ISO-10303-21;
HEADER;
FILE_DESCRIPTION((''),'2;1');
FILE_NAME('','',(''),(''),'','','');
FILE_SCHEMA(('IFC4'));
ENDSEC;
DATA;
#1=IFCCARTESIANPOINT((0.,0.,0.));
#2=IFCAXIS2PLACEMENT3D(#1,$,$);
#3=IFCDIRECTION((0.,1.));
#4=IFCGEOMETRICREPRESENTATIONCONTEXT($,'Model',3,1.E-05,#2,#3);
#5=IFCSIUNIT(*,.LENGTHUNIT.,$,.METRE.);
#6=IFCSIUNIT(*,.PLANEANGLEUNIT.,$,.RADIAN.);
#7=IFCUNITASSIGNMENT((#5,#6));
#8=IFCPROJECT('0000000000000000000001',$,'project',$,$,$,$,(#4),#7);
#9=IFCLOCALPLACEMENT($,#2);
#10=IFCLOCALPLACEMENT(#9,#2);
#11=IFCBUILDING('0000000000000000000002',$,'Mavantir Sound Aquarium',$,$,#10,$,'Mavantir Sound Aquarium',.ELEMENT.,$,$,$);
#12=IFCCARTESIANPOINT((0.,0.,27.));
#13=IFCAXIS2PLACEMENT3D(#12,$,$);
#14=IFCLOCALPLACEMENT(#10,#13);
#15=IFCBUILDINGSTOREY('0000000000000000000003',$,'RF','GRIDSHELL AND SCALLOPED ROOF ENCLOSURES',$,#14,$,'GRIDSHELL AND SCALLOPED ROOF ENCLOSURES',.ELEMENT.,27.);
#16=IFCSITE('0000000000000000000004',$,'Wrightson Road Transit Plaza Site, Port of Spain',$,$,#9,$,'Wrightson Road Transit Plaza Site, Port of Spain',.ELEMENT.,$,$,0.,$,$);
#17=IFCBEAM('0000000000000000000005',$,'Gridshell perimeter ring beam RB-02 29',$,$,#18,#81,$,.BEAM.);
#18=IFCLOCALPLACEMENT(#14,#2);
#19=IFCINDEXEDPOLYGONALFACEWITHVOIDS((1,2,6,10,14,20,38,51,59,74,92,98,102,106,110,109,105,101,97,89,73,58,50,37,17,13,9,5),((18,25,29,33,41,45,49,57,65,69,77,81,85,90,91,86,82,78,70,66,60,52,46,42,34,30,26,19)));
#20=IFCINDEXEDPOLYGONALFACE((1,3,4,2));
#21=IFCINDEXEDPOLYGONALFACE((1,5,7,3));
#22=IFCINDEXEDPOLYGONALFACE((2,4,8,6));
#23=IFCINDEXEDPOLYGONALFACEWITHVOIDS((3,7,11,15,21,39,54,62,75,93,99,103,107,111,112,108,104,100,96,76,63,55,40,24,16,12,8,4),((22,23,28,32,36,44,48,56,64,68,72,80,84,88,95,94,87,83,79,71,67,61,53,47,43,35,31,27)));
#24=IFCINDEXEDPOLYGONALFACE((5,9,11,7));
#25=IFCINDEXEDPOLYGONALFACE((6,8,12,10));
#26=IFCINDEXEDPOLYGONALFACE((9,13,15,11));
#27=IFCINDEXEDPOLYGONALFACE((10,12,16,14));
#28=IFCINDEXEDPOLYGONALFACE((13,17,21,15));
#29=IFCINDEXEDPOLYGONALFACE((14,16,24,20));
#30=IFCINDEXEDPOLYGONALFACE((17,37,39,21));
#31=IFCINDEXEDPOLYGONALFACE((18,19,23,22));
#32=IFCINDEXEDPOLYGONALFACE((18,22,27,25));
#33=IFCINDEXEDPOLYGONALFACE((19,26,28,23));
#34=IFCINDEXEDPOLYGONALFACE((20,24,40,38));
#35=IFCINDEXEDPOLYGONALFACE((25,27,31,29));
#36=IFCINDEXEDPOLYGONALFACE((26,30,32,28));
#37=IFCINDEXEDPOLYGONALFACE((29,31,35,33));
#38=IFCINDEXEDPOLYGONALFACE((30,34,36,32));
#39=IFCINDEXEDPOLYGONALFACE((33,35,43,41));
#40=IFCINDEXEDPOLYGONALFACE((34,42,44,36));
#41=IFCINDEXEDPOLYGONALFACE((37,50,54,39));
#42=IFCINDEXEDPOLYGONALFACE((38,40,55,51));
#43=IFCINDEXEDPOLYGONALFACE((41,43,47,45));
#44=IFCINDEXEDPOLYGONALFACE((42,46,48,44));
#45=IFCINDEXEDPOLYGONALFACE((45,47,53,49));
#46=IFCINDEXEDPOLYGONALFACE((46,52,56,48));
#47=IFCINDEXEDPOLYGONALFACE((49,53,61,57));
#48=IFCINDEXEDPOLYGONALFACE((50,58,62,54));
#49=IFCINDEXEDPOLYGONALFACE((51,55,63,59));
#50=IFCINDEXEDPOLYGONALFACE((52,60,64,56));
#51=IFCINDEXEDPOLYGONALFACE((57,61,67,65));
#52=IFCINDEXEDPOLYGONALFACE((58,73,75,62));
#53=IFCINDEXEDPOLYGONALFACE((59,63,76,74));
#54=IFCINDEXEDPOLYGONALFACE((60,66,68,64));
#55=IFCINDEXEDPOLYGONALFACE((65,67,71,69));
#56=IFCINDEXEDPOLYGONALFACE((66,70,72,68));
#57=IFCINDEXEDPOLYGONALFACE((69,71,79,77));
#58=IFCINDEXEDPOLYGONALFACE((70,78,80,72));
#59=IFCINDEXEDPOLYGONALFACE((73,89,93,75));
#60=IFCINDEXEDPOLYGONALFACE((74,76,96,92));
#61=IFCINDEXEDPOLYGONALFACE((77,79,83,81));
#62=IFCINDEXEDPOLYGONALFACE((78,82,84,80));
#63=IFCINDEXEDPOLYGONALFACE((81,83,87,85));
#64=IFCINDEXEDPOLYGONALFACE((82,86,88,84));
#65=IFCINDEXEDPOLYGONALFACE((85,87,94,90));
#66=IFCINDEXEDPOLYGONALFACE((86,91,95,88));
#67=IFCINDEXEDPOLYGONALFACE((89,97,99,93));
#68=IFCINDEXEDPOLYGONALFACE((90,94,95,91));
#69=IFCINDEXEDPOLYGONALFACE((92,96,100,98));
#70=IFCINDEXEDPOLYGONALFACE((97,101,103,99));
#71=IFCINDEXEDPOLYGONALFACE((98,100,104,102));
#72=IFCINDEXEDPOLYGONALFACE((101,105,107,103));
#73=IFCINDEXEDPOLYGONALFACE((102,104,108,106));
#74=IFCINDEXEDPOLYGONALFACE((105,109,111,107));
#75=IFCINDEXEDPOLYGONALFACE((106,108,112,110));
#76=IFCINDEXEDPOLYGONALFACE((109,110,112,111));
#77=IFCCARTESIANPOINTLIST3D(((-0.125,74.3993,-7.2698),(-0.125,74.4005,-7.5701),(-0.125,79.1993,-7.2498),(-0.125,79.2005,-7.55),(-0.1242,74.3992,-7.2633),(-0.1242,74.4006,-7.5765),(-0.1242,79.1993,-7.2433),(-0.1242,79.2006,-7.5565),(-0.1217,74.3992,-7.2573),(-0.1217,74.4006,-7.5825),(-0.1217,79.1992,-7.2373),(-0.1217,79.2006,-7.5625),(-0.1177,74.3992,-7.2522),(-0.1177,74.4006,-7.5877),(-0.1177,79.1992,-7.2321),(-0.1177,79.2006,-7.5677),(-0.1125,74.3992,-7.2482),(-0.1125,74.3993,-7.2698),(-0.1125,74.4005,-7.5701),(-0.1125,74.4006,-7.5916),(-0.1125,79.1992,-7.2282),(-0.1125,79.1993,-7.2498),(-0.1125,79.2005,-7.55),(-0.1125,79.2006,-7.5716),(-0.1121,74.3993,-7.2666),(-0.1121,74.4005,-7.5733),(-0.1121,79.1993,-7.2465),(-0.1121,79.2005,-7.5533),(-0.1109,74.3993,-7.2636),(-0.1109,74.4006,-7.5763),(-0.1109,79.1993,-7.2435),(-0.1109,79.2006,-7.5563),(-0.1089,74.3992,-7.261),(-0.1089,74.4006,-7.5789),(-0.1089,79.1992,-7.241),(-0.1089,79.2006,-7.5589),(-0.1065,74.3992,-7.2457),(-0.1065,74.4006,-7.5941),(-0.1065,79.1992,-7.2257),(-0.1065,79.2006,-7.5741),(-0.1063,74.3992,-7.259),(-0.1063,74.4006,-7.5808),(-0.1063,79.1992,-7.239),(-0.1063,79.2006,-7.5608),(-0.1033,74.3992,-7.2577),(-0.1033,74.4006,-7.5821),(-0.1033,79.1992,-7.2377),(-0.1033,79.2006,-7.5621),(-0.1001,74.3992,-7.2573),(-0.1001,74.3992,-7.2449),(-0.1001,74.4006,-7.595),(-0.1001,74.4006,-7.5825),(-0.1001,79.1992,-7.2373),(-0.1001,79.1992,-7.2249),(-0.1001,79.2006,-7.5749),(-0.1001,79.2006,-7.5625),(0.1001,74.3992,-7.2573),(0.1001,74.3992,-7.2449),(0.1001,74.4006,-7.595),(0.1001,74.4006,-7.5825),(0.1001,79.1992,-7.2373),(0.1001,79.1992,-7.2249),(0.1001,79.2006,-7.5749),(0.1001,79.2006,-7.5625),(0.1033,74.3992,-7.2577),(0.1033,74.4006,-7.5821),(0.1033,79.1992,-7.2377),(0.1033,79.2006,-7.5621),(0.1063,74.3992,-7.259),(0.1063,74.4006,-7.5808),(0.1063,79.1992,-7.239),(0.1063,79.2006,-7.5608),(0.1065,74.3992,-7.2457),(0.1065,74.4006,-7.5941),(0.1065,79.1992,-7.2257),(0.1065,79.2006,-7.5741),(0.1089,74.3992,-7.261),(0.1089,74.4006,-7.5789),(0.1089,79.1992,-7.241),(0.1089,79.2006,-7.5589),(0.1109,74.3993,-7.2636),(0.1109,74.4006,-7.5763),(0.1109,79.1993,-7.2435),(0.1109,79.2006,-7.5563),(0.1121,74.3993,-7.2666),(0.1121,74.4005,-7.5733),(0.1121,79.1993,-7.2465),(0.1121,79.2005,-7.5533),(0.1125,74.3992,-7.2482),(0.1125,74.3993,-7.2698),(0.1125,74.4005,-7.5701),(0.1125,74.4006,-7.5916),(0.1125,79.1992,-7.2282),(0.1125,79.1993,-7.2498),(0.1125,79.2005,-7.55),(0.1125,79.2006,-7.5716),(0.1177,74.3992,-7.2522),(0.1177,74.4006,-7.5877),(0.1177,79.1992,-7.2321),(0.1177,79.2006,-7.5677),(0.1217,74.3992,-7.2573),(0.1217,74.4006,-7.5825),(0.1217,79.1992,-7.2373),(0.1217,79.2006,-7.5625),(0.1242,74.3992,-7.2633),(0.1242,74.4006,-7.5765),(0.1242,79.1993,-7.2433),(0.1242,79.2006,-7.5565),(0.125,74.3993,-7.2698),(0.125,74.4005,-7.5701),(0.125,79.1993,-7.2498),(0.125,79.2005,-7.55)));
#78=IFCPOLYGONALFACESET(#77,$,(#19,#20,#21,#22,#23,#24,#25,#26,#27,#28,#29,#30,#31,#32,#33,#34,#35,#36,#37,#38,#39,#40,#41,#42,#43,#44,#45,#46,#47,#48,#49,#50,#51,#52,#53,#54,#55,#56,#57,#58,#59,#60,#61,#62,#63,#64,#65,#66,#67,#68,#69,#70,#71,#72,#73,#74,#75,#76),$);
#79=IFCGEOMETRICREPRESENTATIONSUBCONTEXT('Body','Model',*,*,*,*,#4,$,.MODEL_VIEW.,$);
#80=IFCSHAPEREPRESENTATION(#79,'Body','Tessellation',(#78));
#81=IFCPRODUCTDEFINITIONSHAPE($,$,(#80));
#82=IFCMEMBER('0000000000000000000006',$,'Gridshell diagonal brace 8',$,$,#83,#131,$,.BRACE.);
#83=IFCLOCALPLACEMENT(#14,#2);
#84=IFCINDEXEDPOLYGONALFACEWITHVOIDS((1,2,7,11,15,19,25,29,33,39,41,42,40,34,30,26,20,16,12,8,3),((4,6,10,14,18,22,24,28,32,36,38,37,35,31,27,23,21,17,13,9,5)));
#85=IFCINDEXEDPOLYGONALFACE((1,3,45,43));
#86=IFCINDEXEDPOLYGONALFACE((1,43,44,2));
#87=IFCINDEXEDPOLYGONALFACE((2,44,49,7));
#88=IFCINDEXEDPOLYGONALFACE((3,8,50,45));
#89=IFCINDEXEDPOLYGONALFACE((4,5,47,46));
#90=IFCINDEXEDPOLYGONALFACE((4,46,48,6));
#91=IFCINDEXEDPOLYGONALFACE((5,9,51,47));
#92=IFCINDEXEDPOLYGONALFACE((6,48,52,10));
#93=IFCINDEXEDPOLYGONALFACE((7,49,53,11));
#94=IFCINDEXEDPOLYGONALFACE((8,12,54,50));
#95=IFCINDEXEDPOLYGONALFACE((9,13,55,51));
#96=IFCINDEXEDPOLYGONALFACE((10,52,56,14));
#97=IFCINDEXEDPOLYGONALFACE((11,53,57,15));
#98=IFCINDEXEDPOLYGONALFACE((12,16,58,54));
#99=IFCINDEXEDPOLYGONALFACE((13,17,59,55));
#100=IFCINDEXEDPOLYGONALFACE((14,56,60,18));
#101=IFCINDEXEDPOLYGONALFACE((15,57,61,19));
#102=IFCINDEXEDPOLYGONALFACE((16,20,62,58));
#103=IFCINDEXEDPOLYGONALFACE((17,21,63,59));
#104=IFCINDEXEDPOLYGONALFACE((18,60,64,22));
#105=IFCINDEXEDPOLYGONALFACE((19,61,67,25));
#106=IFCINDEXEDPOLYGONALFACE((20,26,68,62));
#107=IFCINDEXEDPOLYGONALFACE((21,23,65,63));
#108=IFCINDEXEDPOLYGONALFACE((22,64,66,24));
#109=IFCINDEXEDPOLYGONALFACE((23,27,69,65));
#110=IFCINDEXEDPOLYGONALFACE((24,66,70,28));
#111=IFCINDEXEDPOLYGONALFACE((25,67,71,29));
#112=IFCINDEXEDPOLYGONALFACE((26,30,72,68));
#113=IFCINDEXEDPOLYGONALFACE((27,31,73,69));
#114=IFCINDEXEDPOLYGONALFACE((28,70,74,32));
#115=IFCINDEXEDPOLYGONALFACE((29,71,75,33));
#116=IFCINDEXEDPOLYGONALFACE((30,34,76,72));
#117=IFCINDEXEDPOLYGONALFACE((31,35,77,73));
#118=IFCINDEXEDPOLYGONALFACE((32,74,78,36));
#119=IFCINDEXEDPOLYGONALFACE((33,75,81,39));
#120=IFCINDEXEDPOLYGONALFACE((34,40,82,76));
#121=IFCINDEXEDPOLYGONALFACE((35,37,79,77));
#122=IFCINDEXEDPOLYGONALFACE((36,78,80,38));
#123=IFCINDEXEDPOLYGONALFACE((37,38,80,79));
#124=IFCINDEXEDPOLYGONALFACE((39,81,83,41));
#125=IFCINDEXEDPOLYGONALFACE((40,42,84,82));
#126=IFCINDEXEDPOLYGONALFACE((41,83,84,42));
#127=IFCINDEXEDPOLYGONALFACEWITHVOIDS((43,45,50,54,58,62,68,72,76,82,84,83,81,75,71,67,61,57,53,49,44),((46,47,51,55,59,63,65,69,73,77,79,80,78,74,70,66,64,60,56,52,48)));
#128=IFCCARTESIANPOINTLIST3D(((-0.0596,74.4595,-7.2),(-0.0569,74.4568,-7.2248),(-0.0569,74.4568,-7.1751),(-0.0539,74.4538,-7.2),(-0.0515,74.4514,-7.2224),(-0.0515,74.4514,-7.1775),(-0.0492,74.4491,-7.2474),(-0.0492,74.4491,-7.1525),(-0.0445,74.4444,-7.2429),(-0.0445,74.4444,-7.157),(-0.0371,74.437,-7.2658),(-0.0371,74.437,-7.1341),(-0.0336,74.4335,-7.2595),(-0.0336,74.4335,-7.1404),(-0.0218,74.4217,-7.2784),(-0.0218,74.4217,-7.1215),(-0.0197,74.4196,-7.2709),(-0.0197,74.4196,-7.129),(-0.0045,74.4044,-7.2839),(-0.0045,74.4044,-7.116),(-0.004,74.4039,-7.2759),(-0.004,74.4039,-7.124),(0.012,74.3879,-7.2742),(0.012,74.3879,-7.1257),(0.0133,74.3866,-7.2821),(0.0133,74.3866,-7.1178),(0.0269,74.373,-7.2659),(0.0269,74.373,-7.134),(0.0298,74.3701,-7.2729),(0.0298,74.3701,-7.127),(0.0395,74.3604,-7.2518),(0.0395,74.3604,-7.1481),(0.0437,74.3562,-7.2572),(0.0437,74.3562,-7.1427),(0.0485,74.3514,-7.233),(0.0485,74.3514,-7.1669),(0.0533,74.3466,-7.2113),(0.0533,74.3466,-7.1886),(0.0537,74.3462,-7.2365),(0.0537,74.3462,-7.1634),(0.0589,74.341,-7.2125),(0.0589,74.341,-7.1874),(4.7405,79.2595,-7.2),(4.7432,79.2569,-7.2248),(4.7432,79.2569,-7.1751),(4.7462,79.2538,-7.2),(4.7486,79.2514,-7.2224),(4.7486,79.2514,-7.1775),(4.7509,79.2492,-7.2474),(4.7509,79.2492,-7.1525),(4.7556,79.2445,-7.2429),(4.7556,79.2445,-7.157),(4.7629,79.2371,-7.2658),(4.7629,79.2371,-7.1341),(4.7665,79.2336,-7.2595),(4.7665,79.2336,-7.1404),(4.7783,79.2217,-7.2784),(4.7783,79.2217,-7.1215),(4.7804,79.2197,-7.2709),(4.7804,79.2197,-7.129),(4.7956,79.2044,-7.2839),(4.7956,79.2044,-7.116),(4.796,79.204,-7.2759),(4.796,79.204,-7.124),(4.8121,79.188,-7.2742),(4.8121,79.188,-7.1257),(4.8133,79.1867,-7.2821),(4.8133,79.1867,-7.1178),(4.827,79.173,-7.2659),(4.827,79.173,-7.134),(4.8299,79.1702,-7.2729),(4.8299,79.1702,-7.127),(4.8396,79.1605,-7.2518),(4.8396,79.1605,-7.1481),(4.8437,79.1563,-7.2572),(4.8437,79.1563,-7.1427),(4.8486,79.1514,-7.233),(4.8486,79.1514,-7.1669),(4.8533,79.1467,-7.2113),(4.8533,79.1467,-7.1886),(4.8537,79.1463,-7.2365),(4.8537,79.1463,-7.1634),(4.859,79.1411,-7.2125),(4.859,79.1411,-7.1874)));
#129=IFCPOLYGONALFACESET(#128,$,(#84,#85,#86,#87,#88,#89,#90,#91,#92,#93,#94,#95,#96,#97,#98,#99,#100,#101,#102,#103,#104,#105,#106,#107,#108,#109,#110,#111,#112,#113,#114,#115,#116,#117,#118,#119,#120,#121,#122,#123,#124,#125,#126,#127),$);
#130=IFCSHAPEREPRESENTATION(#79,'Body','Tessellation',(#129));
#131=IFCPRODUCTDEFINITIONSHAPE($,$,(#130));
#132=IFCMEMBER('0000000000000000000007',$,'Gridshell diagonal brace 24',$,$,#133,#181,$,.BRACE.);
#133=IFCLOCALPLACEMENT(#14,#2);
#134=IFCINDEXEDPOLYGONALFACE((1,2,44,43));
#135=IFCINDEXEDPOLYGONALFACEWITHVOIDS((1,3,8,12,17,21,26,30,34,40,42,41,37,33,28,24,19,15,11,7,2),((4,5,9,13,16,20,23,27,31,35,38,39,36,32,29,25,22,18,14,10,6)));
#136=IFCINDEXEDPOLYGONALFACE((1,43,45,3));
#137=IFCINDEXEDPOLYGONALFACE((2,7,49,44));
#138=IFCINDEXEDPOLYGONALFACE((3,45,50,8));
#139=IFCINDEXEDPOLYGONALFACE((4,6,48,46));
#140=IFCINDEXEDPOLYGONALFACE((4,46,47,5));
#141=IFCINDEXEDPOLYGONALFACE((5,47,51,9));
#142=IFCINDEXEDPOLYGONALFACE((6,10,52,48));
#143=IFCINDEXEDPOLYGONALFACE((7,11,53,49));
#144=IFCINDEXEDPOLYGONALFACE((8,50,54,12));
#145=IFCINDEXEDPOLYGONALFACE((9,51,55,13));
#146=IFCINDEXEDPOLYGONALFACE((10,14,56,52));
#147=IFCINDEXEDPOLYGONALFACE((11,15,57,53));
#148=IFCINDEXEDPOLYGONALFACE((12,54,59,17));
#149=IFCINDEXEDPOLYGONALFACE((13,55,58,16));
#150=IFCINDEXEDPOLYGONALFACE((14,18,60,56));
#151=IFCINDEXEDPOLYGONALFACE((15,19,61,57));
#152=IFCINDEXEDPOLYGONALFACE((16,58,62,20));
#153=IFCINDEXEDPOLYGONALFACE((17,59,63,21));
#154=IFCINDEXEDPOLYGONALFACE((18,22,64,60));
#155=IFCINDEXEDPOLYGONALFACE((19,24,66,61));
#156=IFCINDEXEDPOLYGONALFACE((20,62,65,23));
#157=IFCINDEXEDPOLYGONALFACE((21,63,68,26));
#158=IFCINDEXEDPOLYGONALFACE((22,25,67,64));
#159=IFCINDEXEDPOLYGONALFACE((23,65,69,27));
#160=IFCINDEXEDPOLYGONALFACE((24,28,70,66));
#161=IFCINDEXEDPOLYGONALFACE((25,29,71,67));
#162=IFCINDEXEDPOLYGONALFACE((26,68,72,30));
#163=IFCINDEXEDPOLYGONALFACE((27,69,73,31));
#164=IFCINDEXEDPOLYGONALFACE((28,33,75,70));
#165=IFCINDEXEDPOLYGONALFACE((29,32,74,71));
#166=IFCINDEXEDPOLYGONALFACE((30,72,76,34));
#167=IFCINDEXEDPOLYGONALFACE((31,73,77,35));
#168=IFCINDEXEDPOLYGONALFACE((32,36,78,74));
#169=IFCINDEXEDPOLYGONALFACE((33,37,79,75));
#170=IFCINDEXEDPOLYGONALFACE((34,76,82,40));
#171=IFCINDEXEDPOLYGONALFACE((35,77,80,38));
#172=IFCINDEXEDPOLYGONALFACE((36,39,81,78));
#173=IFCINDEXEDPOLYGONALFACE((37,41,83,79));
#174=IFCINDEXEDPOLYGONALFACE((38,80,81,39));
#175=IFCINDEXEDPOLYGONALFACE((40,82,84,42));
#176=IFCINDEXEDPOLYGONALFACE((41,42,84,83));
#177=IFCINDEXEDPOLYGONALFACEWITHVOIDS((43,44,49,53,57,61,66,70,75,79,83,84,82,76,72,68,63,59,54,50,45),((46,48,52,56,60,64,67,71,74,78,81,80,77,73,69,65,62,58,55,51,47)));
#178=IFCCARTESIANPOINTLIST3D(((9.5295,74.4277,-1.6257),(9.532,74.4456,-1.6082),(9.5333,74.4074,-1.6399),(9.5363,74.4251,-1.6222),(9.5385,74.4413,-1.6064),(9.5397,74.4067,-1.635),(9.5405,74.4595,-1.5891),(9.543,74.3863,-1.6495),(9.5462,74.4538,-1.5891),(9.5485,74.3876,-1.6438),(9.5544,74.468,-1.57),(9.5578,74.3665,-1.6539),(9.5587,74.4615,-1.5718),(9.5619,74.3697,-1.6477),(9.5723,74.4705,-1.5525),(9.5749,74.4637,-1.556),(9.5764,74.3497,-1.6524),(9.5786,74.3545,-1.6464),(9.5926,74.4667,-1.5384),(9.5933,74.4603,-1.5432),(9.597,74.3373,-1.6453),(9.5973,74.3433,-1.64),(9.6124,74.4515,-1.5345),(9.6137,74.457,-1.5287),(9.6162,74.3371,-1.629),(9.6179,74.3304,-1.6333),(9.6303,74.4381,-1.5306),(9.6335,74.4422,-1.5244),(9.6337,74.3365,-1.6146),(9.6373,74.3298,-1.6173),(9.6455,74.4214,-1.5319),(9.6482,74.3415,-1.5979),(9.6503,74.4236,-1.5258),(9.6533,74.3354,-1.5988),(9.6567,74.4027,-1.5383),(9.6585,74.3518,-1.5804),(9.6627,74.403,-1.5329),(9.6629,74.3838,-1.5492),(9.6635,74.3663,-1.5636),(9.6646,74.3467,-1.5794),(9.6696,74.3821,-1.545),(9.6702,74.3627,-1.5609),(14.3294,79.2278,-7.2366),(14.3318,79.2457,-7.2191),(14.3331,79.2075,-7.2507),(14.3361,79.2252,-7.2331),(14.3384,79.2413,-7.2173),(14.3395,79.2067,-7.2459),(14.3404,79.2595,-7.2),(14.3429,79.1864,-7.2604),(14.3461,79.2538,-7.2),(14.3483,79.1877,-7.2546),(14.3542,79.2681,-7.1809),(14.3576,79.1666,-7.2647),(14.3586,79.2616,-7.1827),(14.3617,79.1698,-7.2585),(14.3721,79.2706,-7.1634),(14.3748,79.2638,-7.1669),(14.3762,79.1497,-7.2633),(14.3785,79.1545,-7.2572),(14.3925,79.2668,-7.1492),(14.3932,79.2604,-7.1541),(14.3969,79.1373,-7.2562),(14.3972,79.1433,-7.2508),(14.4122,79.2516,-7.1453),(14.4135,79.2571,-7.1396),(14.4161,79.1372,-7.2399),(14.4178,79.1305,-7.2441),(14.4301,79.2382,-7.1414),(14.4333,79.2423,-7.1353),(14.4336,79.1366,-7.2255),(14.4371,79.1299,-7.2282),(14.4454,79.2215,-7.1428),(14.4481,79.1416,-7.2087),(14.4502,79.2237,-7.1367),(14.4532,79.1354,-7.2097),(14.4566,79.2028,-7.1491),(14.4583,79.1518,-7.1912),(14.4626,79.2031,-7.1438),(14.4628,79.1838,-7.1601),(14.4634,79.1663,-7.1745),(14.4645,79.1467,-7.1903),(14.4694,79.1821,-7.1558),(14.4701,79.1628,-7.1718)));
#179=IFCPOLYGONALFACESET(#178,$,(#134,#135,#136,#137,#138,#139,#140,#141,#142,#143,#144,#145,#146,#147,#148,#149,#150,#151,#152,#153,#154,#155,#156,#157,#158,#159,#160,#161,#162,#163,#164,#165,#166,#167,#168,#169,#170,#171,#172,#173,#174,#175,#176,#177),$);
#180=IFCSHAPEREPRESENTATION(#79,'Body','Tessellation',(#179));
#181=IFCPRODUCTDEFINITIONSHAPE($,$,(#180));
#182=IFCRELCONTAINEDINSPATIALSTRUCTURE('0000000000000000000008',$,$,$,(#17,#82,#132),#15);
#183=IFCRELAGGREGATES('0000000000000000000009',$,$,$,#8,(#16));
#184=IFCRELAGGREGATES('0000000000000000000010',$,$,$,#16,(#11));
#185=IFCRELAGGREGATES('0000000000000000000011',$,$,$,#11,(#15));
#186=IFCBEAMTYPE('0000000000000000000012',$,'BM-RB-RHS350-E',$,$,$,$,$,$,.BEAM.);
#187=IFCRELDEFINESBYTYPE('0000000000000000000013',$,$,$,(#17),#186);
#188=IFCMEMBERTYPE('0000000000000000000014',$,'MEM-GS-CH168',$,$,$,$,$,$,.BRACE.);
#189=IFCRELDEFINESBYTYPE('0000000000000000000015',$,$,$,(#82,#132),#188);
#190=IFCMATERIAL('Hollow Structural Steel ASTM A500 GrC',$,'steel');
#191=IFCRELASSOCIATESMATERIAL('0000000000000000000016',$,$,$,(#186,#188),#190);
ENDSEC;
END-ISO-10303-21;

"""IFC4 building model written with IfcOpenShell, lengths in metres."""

from ifc_helpers import new_model, si_unit, direction, frame, origin, origin_2d, place, context, subcontext, project, spatial, hollow_rectangle, hollow_circle, extrude, material, material_profile, profile_set, type_object, element, save


model = new_model("IFC4")

# Units and contexts
model_context = context("Model", 3, precision=1e-05, world=origin(), true_north=direction((0.0, 1.0)))
body_context = subcontext(model_context, "Body", "Model", "MODEL_VIEW")
ifc_project = project(units=[si_unit("LENGTHUNIT", "METRE"), si_unit("PLANEANGLEUNIT", "RADIAN")], contexts=[model_context])

# Site, building, storey
site_placement = place(None, origin())
site = spatial("IfcSite", under=ifc_project, at=site_placement, Name="Wrightson Road Transit Plaza Site, Port of Spain", LongName="Wrightson Road Transit Plaza Site, Port of Spain", CompositionType="ELEMENT", RefElevation=0.0)
building_placement = place(site_placement, origin())
building = spatial("IfcBuilding", under=site, at=building_placement, Name="Mavantir Sound Aquarium", LongName="Mavantir Sound Aquarium", CompositionType="ELEMENT")
storey_placement = place(building_placement, frame((0.0, 0.0, 27.0)))
storey = spatial("IfcBuildingStorey", under=building, at=storey_placement, Name="RF", Description="GRIDSHELL AND SCALLOPED ROOF ENCLOSURES", LongName="GRIDSHELL AND SCALLOPED ROOF ENCLOSURES", CompositionType="ELEMENT", Elevation=27.0)

# Beam
ifc_material_1 = material(Name="Hollow Structural Steel ASTM A500 GrC", Category="steel")
ifc_material_profile_1 = material_profile(ifc_material_1, hollow_rectangle(XDim=0.25, YDim=0.3501, WallThickness=0.0125, InnerFilletRadius=0.0125, OuterFilletRadius=0.0249, at=origin_2d()), Name="RHS 350X250X12.5")
ifc_profile_set_1 = profile_set([ifc_material_profile_1], Name="Hollow Structural Steel ASTM A500 GrC")
beam_type = type_object("IfcBeamType", Name="BM-RB-RHS350-E", PredefinedType="BEAM", material=ifc_profile_set_1)
beam_placement = place(storey_placement, frame((0.0, 74.3999, -7.4199), z_axis=(0.0, 0.999991, 0.004171), x_axis=(-1.0, 0.0, 0.0)))
element("IfcBeam", 1, at=beam_placement, inside=storey, type_object=beam_type, Name="Gridshell perimeter ring beam RB-02 29", PredefinedType="BEAM", context=body_context, shape_type="SweptSolid", body=[
    extrude(hollow_rectangle(XDim=0.25, YDim=0.3501, WallThickness=0.0125, InnerFilletRadius=0.0125, OuterFilletRadius=0.0249, at=origin_2d()), origin(), (0.0, 0.0, 1.0), 4.8),
])

# Members
ifc_material_profile_2 = material_profile(ifc_material_1, hollow_circle(Radius=0.0842, WallThickness=0.0081, at=origin_2d()), Name="CHS 168.3X8")
ifc_profile_set_2 = profile_set([ifc_material_profile_2], Name="Hollow Structural Steel ASTM A500 GrC")
member_type_1 = type_object("IfcMemberType", Name="MEM-GS-CH168", PredefinedType="BRACE", material=ifc_profile_set_2)
member_1_placement = place(storey_placement, frame((0.0, 74.3999, -7.2), z_axis=(0.707107, 0.707107, 0.0), x_axis=(-0.707107, 0.707107, 0.0)))
element("IfcMember", 2, at=member_1_placement, inside=storey, type_object=member_type_1, Name="Gridshell diagonal brace 8", PredefinedType="BRACE", context=body_context, shape_type="SweptSolid", body=[
    extrude(hollow_circle(Radius=0.0842, WallThickness=0.0081, at=origin_2d()), origin(), (0.0, 0.0, 1.0), 6.7883),
])
member_2_placement = place(storey_placement, frame((9.6001, 74.3999, -1.5891), z_axis=(0.54501, 0.545038, -0.637102), x_axis=(-0.707125, 0.707089, 0.0)))
element("IfcMember", 3, at=member_2_placement, inside=storey, type_object=member_type_1, Name="Gridshell diagonal brace 24", PredefinedType="BRACE", context=body_context, shape_type="SweptSolid", body=[
    extrude(hollow_circle(Radius=0.0842, WallThickness=0.0081, at=origin_2d()), origin(), (0.0, 0.0, 1.0), 8.8069),
])

save(model, "model.ifc")
